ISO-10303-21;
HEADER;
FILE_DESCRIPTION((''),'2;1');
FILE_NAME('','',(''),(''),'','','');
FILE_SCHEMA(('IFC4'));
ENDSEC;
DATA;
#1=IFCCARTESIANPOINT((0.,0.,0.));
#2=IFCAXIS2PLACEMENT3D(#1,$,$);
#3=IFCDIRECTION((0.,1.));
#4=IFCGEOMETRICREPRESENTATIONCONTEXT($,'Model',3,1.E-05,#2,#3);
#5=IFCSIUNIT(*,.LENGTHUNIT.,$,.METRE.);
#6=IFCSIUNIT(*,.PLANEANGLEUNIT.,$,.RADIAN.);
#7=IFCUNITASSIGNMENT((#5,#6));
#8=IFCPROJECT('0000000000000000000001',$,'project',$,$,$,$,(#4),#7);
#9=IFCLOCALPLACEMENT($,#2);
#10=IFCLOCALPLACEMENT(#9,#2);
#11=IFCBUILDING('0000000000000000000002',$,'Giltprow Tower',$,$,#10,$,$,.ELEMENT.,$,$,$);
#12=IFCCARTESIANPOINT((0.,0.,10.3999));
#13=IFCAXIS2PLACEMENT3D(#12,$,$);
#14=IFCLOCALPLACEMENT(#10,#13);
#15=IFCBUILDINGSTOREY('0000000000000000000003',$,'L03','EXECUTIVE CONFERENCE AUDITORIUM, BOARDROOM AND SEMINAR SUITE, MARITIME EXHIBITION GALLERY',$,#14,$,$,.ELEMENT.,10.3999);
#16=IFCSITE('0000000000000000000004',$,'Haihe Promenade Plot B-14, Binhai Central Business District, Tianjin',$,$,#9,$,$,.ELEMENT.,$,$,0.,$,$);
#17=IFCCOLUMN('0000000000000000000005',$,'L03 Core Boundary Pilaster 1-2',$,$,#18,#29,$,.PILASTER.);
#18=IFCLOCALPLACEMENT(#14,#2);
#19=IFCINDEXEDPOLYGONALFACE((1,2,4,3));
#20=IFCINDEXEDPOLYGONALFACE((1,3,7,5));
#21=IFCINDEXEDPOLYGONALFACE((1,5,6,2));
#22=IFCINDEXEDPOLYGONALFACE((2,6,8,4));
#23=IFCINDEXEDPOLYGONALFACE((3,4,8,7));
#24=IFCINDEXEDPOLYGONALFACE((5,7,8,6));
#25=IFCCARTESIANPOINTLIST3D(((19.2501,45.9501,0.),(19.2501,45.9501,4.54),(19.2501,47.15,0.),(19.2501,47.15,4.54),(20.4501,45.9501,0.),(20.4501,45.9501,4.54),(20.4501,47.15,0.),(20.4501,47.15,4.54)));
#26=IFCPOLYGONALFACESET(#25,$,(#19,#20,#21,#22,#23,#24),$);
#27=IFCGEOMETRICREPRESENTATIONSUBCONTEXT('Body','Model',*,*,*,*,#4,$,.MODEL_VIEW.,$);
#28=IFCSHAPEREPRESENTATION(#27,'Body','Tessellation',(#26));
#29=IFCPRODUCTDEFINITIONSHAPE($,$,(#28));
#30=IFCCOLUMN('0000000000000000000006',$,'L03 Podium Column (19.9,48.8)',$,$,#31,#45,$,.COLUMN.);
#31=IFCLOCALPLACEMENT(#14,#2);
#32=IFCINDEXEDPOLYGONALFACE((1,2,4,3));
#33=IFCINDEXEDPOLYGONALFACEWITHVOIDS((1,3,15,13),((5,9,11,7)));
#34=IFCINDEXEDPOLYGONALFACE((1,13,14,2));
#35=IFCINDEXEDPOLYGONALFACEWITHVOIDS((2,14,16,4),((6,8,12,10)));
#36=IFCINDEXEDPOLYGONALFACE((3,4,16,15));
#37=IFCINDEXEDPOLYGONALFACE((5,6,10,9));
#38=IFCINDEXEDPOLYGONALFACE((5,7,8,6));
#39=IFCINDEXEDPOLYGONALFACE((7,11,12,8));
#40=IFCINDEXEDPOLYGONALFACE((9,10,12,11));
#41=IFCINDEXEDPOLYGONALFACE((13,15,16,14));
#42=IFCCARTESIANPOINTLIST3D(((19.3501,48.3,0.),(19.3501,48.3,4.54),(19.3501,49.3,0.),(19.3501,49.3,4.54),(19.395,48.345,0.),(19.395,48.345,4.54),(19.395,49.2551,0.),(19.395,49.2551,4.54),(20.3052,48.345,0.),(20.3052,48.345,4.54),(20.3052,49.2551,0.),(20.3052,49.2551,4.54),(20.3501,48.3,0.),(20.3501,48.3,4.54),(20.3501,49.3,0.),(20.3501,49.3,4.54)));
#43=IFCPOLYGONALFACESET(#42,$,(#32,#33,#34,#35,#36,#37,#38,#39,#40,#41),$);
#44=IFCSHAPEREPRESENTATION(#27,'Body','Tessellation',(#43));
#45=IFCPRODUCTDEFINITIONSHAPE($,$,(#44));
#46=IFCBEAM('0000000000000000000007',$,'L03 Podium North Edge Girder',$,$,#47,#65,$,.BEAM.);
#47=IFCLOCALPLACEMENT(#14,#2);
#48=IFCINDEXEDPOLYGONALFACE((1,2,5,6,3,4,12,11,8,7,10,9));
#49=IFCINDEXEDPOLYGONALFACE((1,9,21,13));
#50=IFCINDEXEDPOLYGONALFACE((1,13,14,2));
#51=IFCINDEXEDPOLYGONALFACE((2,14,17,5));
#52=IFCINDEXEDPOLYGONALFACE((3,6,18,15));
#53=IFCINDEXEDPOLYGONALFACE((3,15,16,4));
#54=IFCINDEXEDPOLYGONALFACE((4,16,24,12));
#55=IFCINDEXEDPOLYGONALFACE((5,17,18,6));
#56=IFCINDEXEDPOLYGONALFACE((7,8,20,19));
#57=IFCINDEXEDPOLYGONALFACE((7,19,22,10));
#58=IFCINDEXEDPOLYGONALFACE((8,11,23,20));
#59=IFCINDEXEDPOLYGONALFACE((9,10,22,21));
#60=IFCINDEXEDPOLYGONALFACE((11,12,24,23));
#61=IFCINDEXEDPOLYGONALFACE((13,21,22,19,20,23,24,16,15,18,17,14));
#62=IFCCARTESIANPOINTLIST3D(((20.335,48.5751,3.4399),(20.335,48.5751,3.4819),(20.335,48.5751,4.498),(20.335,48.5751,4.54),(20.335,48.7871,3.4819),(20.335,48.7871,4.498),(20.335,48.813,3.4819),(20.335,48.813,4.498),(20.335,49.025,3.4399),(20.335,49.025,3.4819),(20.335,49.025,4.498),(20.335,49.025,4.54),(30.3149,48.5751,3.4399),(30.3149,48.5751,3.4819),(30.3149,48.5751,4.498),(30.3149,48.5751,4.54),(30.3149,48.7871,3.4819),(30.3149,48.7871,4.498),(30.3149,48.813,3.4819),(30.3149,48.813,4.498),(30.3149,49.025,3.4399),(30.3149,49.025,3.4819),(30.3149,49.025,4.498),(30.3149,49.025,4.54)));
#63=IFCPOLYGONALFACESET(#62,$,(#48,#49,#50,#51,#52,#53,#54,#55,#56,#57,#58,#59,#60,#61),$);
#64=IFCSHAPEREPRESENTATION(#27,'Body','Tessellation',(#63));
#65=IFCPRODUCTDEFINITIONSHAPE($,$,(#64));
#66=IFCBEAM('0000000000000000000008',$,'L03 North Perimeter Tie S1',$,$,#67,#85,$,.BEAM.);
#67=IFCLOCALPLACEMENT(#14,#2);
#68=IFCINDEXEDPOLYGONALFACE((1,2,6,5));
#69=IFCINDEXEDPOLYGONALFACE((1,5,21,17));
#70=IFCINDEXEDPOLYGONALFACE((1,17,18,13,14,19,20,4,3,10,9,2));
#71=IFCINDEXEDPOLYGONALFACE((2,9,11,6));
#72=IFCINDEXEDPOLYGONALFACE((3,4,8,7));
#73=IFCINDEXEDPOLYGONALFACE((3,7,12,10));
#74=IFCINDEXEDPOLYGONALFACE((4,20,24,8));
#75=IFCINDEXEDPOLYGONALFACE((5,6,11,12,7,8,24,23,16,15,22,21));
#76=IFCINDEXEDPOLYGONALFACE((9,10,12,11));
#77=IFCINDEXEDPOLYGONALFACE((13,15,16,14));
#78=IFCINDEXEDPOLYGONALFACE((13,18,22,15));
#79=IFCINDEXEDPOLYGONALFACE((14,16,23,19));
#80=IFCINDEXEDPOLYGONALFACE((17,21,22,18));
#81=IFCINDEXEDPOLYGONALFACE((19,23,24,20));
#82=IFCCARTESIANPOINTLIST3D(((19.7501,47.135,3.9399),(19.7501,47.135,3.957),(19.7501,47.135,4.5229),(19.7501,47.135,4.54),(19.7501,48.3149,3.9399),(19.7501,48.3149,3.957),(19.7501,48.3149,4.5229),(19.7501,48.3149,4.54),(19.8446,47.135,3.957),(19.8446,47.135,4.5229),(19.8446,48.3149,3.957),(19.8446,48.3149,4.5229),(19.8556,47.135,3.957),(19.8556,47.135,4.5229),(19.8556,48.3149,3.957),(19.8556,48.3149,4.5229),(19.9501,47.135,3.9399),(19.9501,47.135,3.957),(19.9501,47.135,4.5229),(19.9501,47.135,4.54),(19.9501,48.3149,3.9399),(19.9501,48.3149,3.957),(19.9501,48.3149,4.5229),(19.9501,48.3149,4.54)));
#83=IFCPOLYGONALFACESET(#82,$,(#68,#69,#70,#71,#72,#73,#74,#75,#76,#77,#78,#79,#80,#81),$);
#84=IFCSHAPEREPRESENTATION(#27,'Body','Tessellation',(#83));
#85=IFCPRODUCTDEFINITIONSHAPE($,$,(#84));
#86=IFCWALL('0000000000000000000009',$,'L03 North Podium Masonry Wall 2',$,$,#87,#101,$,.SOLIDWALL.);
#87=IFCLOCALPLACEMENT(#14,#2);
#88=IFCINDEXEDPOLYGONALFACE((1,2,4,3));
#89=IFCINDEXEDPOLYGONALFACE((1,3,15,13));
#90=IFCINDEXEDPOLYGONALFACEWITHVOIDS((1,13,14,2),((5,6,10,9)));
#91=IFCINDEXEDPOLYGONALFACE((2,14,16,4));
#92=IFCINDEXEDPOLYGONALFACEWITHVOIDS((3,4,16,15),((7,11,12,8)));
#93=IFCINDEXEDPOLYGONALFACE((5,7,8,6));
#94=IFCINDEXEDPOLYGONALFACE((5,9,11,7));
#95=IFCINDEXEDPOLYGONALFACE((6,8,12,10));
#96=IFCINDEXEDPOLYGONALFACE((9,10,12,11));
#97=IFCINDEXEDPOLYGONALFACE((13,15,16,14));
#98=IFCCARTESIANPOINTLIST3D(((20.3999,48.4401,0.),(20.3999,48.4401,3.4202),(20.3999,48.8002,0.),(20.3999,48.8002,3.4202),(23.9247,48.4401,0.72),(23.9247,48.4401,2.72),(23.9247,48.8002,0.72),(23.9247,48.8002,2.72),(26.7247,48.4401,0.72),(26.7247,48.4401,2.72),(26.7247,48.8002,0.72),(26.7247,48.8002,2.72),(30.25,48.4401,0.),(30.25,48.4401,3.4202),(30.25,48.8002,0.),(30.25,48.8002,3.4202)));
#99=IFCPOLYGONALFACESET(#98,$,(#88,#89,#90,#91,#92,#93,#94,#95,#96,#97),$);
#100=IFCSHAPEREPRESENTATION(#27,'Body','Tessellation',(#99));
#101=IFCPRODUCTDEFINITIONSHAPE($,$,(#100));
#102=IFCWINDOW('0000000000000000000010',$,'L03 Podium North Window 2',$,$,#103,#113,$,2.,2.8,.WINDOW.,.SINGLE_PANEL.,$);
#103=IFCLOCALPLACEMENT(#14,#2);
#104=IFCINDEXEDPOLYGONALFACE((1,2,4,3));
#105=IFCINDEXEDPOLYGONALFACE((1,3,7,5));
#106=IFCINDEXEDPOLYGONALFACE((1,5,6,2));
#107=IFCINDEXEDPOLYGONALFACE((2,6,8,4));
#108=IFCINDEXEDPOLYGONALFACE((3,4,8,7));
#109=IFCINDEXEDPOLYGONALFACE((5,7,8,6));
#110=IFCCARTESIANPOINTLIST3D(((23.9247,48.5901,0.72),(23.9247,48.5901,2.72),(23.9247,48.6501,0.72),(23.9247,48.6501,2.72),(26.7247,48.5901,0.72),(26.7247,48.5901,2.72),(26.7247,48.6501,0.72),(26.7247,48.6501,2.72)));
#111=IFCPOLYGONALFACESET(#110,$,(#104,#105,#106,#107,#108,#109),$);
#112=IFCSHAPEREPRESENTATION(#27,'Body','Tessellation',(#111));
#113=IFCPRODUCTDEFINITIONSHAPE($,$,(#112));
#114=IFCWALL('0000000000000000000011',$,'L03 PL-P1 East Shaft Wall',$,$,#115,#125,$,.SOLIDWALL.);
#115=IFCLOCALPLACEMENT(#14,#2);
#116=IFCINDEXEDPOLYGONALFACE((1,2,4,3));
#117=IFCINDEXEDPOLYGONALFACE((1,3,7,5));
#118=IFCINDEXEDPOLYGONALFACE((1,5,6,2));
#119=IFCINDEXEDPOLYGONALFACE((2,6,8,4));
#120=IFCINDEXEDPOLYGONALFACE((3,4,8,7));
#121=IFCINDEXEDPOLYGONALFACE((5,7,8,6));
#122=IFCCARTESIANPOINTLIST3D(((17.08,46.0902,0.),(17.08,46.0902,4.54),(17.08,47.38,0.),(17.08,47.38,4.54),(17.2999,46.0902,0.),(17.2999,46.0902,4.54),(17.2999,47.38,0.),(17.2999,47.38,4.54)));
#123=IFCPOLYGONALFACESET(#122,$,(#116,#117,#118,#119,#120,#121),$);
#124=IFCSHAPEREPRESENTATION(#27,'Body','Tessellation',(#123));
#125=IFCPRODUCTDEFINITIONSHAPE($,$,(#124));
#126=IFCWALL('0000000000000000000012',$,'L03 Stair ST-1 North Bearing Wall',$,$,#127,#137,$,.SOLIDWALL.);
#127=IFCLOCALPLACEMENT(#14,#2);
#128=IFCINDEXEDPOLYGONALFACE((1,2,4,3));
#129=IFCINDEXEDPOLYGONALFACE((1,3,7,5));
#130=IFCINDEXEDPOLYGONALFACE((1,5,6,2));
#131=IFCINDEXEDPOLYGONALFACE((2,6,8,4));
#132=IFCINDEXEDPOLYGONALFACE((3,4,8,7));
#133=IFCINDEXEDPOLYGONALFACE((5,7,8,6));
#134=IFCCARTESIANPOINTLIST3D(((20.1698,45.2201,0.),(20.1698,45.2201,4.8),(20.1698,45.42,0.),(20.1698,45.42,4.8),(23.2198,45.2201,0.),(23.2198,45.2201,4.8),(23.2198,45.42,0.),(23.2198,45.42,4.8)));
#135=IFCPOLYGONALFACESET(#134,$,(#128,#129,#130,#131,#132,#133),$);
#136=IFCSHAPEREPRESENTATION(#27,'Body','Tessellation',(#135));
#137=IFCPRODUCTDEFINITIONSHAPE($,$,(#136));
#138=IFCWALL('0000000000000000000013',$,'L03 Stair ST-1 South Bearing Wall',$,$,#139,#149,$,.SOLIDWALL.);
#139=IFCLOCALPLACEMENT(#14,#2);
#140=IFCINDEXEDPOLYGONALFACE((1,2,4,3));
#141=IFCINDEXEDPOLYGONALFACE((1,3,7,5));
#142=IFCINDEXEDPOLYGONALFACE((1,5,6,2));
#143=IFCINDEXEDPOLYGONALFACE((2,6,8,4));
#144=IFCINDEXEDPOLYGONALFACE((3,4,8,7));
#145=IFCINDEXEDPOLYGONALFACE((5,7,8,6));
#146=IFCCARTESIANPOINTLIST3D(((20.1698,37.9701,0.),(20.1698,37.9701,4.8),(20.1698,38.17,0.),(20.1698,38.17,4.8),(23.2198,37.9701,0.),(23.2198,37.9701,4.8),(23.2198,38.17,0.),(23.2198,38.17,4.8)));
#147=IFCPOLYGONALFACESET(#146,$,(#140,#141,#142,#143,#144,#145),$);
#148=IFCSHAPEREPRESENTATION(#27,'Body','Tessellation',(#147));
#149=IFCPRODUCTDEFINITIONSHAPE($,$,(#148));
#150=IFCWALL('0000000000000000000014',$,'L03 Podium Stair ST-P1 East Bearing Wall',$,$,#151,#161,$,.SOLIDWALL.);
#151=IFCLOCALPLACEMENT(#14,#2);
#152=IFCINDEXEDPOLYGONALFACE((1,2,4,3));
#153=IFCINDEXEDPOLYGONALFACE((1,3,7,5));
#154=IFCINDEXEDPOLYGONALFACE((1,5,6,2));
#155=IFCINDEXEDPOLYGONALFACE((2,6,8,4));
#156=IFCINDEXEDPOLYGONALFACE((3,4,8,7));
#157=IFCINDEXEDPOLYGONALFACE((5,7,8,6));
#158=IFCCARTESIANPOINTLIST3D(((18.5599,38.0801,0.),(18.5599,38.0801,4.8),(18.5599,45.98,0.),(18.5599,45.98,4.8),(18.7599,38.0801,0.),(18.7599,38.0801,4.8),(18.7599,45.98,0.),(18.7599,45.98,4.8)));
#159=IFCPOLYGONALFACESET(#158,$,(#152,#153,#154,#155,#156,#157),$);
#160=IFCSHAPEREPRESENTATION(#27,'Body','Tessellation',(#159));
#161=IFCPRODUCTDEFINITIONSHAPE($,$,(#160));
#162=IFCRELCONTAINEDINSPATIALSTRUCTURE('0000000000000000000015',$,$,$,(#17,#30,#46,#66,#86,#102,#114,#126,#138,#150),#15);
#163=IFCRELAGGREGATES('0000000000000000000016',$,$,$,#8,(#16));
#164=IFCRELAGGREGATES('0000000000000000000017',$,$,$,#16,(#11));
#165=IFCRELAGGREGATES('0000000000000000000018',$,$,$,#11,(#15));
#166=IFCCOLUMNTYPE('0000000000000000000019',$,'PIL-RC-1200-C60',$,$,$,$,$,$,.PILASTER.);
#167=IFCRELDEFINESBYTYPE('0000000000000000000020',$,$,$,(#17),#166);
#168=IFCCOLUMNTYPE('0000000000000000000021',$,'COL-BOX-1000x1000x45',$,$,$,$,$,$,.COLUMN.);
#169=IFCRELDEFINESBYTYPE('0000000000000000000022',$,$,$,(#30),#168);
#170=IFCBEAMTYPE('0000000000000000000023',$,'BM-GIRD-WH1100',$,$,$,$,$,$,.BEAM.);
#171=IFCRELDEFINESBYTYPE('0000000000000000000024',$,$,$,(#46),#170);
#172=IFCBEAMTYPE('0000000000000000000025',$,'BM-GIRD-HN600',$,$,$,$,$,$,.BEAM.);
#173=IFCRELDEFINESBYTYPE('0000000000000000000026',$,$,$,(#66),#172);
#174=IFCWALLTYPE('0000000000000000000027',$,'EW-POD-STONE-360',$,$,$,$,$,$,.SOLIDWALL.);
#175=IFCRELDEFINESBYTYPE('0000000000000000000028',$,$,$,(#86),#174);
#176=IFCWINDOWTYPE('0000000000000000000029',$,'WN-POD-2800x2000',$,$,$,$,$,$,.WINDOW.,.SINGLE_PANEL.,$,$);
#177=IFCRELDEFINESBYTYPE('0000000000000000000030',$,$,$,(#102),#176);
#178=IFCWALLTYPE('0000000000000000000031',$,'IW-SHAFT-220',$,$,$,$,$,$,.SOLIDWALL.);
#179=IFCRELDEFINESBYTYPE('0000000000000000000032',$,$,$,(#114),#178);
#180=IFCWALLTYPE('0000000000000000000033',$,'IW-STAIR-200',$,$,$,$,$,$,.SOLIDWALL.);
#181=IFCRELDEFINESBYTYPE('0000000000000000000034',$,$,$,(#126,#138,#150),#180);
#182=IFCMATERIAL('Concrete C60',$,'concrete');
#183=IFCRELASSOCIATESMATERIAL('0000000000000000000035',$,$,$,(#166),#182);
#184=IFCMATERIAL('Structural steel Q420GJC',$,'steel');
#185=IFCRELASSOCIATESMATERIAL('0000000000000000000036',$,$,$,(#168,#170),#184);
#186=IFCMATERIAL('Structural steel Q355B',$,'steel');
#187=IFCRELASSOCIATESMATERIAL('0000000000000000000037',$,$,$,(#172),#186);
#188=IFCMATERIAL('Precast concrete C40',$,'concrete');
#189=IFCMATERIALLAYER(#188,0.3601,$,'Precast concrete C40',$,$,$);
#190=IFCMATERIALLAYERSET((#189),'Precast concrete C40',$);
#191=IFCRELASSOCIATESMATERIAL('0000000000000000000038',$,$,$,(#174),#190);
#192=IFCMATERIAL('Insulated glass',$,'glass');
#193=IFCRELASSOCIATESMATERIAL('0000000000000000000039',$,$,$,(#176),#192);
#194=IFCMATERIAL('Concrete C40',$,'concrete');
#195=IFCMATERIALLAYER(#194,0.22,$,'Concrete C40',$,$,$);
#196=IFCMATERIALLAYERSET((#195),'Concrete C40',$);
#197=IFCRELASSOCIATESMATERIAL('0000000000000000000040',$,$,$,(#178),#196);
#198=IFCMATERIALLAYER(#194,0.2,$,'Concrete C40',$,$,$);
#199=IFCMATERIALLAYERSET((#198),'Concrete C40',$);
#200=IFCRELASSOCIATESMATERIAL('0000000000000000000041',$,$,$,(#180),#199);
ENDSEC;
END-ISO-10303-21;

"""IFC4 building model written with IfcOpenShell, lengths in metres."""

from ifc_helpers import new_model, si_unit, direction, frame, frame_2d, origin, origin_2d, place, context, subcontext, project, spatial, rectangle, hollow_rectangle, i_section, extrude, source, transform, mapped, material, layer, layer_set, material_profile, profile_set, type_object, element, fill, save


model = new_model("IFC4")

# Units and contexts
model_context = context("Model", 3, precision=1e-05, world=origin(), true_north=direction((0.0, 1.0)))
body_context = subcontext(model_context, "Body", "Model", "MODEL_VIEW")
ifc_project = project(units=[si_unit("LENGTHUNIT", "METRE"), si_unit("PLANEANGLEUNIT", "RADIAN")], contexts=[model_context])

# Site, building, storey
site_placement = place(None, origin())
site = spatial("IfcSite", under=ifc_project, at=site_placement, Name="Haihe Promenade Plot B-14, Binhai Central Business District, Tianjin", CompositionType="ELEMENT", RefElevation=0.0)
building_placement = place(site_placement, origin())
building = spatial("IfcBuilding", under=site, at=building_placement, Name="Giltprow Tower", CompositionType="ELEMENT")
storey_placement = place(building_placement, frame((0.0, 0.0, 10.3999)))
storey = spatial("IfcBuildingStorey", under=building, at=storey_placement, Name="L03", Description="EXECUTIVE CONFERENCE AUDITORIUM, BOARDROOM AND SEMINAR SUITE, MARITIME EXHIBITION GALLERY", CompositionType="ELEMENT", Elevation=10.3999)

# Columns
ifc_material_1 = material(Name="Concrete C60", Category="concrete")
ifc_material_profile_1 = material_profile(ifc_material_1, rectangle(XDim=1.2, YDim=1.2, at=origin_2d()), Name="RC 1200x1200")
ifc_profile_set_1 = profile_set([ifc_material_profile_1], Name="Concrete C60")
column_type_1 = type_object("IfcColumnType", Name="PIL-RC-1200-C60", PredefinedType="PILASTER", material=ifc_profile_set_1)
shared_shape_1 = source(origin(), body_context, "Body", "SweptSolid", [
    extrude(rectangle(XDim=1.2, YDim=1.2, at=origin_2d()), origin(), (0.0, 0.0, 1.0), 4.54),
])
column_1_placement = place(storey_placement, frame((19.8501, 46.55, 0.0), z_axis=(0.0, 0.0, 1.0), x_axis=(1.0, 0.0, 0.0)))
element("IfcColumn", 1, at=column_1_placement, inside=storey, type_object=column_type_1, Name="L03 Core Boundary Pilaster 1-2", PredefinedType="PILASTER", context=body_context, shape_type="MappedRepresentation", body=[
    mapped(shared_shape_1, transform((0.0, 0.0, 0.0), x_axis=(1.0, 0.0, 0.0), y_axis=(0.0, 1.0, 0.0), z_axis=(0.0, 0.0, 1.0), scale=1.0)),
])
ifc_material_2 = material(Name="Structural steel Q420GJC", Category="steel")
ifc_material_profile_2 = material_profile(ifc_material_2, hollow_rectangle(XDim=1.0, YDim=1.0, WallThickness=0.0449, at=origin_2d()), Name="BOX 1000x1000x45")
ifc_profile_set_2 = profile_set([ifc_material_profile_2], Name="Structural steel Q420GJC")
column_type_2 = type_object("IfcColumnType", Name="COL-BOX-1000x1000x45", PredefinedType="COLUMN", material=ifc_profile_set_2)
shared_shape_2 = source(origin(), body_context, "Body", "SweptSolid", [
    extrude(hollow_rectangle(XDim=1.0, YDim=1.0, WallThickness=0.0449, at=origin_2d()), origin(), (0.0, 0.0, 1.0), 4.54),
])
column_2_placement = place(storey_placement, frame((19.8501, 48.8, 0.0), z_axis=(0.0, 0.0, 1.0), x_axis=(1.0, 0.0, 0.0)))
element("IfcColumn", 2, at=column_2_placement, inside=storey, type_object=column_type_2, Name="L03 Podium Column (19.9,48.8)", PredefinedType="COLUMN", context=body_context, shape_type="MappedRepresentation", body=[
    mapped(shared_shape_2, transform((0.0, 0.0, 0.0), x_axis=(1.0, 0.0, 0.0), y_axis=(0.0, 1.0, 0.0), z_axis=(0.0, 0.0, 1.0), scale=1.0)),
])

# Beams
ifc_material_profile_3 = material_profile(ifc_material_2, i_section(OverallWidth=0.45, OverallDepth=1.1001, WebThickness=0.0259, FlangeThickness=0.042, at=origin_2d()), Name="WH 1100x450x26x42")
ifc_profile_set_3 = profile_set([ifc_material_profile_3], Name="Structural steel Q420GJC")
beam_type_1 = type_object("IfcBeamType", Name="BM-GIRD-WH1100", PredefinedType="BEAM", material=ifc_profile_set_3)
shared_shape_3 = source(origin(), body_context, "Body", "SweptSolid", [
    extrude(i_section(OverallWidth=0.45, OverallDepth=1.1001, WebThickness=0.0259, FlangeThickness=0.042, at=origin_2d()), origin(), (0.0, 0.0, 1.0), 9.98),
])
beam_1_placement = place(storey_placement, frame((20.335, 48.8, 3.99), z_axis=(1.0, 0.0, 0.0), x_axis=(0.0, 1.0, 0.0)))
element("IfcBeam", 3, at=beam_1_placement, inside=storey, type_object=beam_type_1, Name="L03 Podium North Edge Girder", PredefinedType="BEAM", context=body_context, shape_type="MappedRepresentation", body=[
    mapped(shared_shape_3, transform((0.0, 0.0, 0.0), x_axis=(1.0, 0.0, 0.0), y_axis=(0.0, 1.0, 0.0), z_axis=(0.0, 0.0, 1.0), scale=1.0)),
])
ifc_material_3 = material(Name="Structural steel Q355B", Category="steel")
ifc_material_profile_4 = material_profile(ifc_material_3, i_section(OverallWidth=0.2, OverallDepth=0.6001, WebThickness=0.011, FlangeThickness=0.0171, at=origin_2d()), Name="HN 600x200x11x17")
ifc_profile_set_4 = profile_set([ifc_material_profile_4], Name="Structural steel Q355B")
beam_type_2 = type_object("IfcBeamType", Name="BM-GIRD-HN600", PredefinedType="BEAM", material=ifc_profile_set_4)
shared_shape_4 = source(origin(), body_context, "Body", "SweptSolid", [
    extrude(i_section(OverallWidth=0.2, OverallDepth=0.6001, WebThickness=0.011, FlangeThickness=0.0171, at=origin_2d()), origin(), (0.0, 0.0, 1.0), 1.1799),
])
beam_2_placement = place(storey_placement, frame((19.8501, 47.135, 4.24), z_axis=(0.0, 1.0, 0.0), x_axis=(-1.0, 0.0, 0.0)))
element("IfcBeam", 4, at=beam_2_placement, inside=storey, type_object=beam_type_2, Name="L03 North Perimeter Tie S1", PredefinedType="BEAM", context=body_context, shape_type="MappedRepresentation", body=[
    mapped(shared_shape_4, transform((0.0, 0.0, 0.0), x_axis=(1.0, 0.0, 0.0), y_axis=(0.0, 1.0, 0.0), z_axis=(0.0, 0.0, 1.0), scale=1.0)),
])

# Wall, opening, window
ifc_material_4 = material(Name="Precast concrete C40", Category="concrete")
ifc_layer_1 = layer(ifc_material_4, 0.3601, Name="Precast concrete C40")
ifc_layer_set_1 = layer_set([ifc_layer_1], Name="Precast concrete C40")
wall_type_1 = type_object("IfcWallType", Name="EW-POD-STONE-360", PredefinedType="SOLIDWALL", material=ifc_layer_set_1)
wall_1_placement = place(storey_placement, frame((20.3999, 48.6201, 0.0), z_axis=(0.0, 0.0, 1.0), x_axis=(1.0, 0.0, 0.0)))
wall_1 = element("IfcWall", 5, at=wall_1_placement, inside=storey, type_object=wall_type_1, Name="L03 North Podium Masonry Wall 2", PredefinedType="SOLIDWALL", context=body_context, shape_type="SweptSolid", body=[
    extrude(rectangle(XDim=9.8501, YDim=0.3601, at=frame_2d((4.925, 0.0))), origin(), (0.0, 0.0, 1.0), 3.4202),
])
opening_placement = place(wall_1_placement, frame((3.5249, 0.0, 0.72)))
opening = element("IfcOpeningElement", 6, at=opening_placement, cuts=wall_1, PredefinedType="OPENING", context=body_context, shape_type="SweptSolid", body=[
    extrude(rectangle(XDim=2.8, YDim=2.0, at=frame_2d((1.3999, 1.0))), frame((0.0, 0.1899, 0.0), z_axis=(0.0, -1.0, 0.0), x_axis=(1.0, 0.0, 0.0)), (0.0, 0.0, 1.0), 0.3801),
])
ifc_material_5 = material(Name="Insulated glass", Category="glass")
window_type = type_object("IfcWindowType", Name="WN-POD-2800x2000", PartitioningType="SINGLE_PANEL", PredefinedType="WINDOW", material=ifc_material_5)
shared_shape_5 = source(origin(), body_context, "Body", "SweptSolid", [
    extrude(rectangle(XDim=2.8, YDim=2.0, at=frame_2d((1.3999, 1.0))), frame((0.0, 0.03, 0.0), z_axis=(0.0, -1.0, 0.0), x_axis=(1.0, 0.0, 0.0)), (0.0, 0.0, 1.0), 0.0601),
])
window_placement = place(opening_placement, origin())
window = element("IfcWindow", 7, at=window_placement, inside=storey, type_object=window_type, Name="L03 Podium North Window 2", OverallHeight=2.0, OverallWidth=2.8, PartitioningType="SINGLE_PANEL", PredefinedType="WINDOW", context=body_context, shape_type="MappedRepresentation", body=[
    mapped(shared_shape_5, transform((0.0, 0.0, 0.0), x_axis=(1.0, 0.0, 0.0), y_axis=(0.0, 1.0, 0.0), z_axis=(0.0, 0.0, 1.0), scale=1.0)),
])
fill(opening, window)

# Walls
ifc_material_6 = material(Name="Concrete C40", Category="concrete")
ifc_layer_2 = layer(ifc_material_6, 0.22, Name="Concrete C40")
ifc_layer_set_2 = layer_set([ifc_layer_2], Name="Concrete C40")
wall_type_2 = type_object("IfcWallType", Name="IW-SHAFT-220", PredefinedType="SOLIDWALL", material=ifc_layer_set_2)
wall_2_placement = place(storey_placement, frame((17.1899, 46.0901, 0.0), z_axis=(0.0, 0.0, 1.0), x_axis=(0.0, 1.0, 0.0)))
element("IfcWall", 8, at=wall_2_placement, inside=storey, type_object=wall_type_2, Name="L03 PL-P1 East Shaft Wall", PredefinedType="SOLIDWALL", context=body_context, shape_type="SweptSolid", body=[
    extrude(rectangle(XDim=1.2898, YDim=0.22, at=frame_2d((0.645, 0.0))), origin(), (0.0, 0.0, 1.0), 4.54),
])
ifc_layer_3 = layer(ifc_material_6, 0.2, Name="Concrete C40")
ifc_layer_set_3 = layer_set([ifc_layer_3], Name="Concrete C40")
wall_type_3 = type_object("IfcWallType", Name="IW-STAIR-200", PredefinedType="SOLIDWALL", material=ifc_layer_set_3)
for number, where, z_axis, x_axis, name in (
    (9, (20.1699, 45.3201, 0.0), (0.0, 0.0, 1.0), (1.0, 0.0, 0.0), "L03 Stair ST-1 North Bearing Wall"),
    (10, (20.1699, 38.0701, 0.0), (0.0, 0.0, 1.0), (1.0, 0.0, 0.0), "L03 Stair ST-1 South Bearing Wall"),
):
    element("IfcWall", number, at=place(storey_placement, frame(where, z_axis=z_axis, x_axis=x_axis)), inside=storey, type_object=wall_type_3, Name=name, PredefinedType="SOLIDWALL", context=body_context, shape_type="SweptSolid", body=[
        extrude(rectangle(XDim=3.05, YDim=0.2, at=frame_2d((1.5249, 0.0))), origin(), (0.0, 0.0, 1.0), 4.8),
    ])
wall_3_placement = place(storey_placement, frame((18.6599, 38.0801, 0.0), z_axis=(0.0, 0.0, 1.0), x_axis=(0.0, 1.0, 0.0)))
element("IfcWall", 11, at=wall_3_placement, inside=storey, type_object=wall_type_3, Name="L03 Podium Stair ST-P1 East Bearing Wall", PredefinedType="SOLIDWALL", context=body_context, shape_type="SweptSolid", body=[
    extrude(rectangle(XDim=7.8999, YDim=0.2, at=frame_2d((3.95, 0.0))), origin(), (0.0, 0.0, 1.0), 4.8),
])

save(model, "model.ifc")
